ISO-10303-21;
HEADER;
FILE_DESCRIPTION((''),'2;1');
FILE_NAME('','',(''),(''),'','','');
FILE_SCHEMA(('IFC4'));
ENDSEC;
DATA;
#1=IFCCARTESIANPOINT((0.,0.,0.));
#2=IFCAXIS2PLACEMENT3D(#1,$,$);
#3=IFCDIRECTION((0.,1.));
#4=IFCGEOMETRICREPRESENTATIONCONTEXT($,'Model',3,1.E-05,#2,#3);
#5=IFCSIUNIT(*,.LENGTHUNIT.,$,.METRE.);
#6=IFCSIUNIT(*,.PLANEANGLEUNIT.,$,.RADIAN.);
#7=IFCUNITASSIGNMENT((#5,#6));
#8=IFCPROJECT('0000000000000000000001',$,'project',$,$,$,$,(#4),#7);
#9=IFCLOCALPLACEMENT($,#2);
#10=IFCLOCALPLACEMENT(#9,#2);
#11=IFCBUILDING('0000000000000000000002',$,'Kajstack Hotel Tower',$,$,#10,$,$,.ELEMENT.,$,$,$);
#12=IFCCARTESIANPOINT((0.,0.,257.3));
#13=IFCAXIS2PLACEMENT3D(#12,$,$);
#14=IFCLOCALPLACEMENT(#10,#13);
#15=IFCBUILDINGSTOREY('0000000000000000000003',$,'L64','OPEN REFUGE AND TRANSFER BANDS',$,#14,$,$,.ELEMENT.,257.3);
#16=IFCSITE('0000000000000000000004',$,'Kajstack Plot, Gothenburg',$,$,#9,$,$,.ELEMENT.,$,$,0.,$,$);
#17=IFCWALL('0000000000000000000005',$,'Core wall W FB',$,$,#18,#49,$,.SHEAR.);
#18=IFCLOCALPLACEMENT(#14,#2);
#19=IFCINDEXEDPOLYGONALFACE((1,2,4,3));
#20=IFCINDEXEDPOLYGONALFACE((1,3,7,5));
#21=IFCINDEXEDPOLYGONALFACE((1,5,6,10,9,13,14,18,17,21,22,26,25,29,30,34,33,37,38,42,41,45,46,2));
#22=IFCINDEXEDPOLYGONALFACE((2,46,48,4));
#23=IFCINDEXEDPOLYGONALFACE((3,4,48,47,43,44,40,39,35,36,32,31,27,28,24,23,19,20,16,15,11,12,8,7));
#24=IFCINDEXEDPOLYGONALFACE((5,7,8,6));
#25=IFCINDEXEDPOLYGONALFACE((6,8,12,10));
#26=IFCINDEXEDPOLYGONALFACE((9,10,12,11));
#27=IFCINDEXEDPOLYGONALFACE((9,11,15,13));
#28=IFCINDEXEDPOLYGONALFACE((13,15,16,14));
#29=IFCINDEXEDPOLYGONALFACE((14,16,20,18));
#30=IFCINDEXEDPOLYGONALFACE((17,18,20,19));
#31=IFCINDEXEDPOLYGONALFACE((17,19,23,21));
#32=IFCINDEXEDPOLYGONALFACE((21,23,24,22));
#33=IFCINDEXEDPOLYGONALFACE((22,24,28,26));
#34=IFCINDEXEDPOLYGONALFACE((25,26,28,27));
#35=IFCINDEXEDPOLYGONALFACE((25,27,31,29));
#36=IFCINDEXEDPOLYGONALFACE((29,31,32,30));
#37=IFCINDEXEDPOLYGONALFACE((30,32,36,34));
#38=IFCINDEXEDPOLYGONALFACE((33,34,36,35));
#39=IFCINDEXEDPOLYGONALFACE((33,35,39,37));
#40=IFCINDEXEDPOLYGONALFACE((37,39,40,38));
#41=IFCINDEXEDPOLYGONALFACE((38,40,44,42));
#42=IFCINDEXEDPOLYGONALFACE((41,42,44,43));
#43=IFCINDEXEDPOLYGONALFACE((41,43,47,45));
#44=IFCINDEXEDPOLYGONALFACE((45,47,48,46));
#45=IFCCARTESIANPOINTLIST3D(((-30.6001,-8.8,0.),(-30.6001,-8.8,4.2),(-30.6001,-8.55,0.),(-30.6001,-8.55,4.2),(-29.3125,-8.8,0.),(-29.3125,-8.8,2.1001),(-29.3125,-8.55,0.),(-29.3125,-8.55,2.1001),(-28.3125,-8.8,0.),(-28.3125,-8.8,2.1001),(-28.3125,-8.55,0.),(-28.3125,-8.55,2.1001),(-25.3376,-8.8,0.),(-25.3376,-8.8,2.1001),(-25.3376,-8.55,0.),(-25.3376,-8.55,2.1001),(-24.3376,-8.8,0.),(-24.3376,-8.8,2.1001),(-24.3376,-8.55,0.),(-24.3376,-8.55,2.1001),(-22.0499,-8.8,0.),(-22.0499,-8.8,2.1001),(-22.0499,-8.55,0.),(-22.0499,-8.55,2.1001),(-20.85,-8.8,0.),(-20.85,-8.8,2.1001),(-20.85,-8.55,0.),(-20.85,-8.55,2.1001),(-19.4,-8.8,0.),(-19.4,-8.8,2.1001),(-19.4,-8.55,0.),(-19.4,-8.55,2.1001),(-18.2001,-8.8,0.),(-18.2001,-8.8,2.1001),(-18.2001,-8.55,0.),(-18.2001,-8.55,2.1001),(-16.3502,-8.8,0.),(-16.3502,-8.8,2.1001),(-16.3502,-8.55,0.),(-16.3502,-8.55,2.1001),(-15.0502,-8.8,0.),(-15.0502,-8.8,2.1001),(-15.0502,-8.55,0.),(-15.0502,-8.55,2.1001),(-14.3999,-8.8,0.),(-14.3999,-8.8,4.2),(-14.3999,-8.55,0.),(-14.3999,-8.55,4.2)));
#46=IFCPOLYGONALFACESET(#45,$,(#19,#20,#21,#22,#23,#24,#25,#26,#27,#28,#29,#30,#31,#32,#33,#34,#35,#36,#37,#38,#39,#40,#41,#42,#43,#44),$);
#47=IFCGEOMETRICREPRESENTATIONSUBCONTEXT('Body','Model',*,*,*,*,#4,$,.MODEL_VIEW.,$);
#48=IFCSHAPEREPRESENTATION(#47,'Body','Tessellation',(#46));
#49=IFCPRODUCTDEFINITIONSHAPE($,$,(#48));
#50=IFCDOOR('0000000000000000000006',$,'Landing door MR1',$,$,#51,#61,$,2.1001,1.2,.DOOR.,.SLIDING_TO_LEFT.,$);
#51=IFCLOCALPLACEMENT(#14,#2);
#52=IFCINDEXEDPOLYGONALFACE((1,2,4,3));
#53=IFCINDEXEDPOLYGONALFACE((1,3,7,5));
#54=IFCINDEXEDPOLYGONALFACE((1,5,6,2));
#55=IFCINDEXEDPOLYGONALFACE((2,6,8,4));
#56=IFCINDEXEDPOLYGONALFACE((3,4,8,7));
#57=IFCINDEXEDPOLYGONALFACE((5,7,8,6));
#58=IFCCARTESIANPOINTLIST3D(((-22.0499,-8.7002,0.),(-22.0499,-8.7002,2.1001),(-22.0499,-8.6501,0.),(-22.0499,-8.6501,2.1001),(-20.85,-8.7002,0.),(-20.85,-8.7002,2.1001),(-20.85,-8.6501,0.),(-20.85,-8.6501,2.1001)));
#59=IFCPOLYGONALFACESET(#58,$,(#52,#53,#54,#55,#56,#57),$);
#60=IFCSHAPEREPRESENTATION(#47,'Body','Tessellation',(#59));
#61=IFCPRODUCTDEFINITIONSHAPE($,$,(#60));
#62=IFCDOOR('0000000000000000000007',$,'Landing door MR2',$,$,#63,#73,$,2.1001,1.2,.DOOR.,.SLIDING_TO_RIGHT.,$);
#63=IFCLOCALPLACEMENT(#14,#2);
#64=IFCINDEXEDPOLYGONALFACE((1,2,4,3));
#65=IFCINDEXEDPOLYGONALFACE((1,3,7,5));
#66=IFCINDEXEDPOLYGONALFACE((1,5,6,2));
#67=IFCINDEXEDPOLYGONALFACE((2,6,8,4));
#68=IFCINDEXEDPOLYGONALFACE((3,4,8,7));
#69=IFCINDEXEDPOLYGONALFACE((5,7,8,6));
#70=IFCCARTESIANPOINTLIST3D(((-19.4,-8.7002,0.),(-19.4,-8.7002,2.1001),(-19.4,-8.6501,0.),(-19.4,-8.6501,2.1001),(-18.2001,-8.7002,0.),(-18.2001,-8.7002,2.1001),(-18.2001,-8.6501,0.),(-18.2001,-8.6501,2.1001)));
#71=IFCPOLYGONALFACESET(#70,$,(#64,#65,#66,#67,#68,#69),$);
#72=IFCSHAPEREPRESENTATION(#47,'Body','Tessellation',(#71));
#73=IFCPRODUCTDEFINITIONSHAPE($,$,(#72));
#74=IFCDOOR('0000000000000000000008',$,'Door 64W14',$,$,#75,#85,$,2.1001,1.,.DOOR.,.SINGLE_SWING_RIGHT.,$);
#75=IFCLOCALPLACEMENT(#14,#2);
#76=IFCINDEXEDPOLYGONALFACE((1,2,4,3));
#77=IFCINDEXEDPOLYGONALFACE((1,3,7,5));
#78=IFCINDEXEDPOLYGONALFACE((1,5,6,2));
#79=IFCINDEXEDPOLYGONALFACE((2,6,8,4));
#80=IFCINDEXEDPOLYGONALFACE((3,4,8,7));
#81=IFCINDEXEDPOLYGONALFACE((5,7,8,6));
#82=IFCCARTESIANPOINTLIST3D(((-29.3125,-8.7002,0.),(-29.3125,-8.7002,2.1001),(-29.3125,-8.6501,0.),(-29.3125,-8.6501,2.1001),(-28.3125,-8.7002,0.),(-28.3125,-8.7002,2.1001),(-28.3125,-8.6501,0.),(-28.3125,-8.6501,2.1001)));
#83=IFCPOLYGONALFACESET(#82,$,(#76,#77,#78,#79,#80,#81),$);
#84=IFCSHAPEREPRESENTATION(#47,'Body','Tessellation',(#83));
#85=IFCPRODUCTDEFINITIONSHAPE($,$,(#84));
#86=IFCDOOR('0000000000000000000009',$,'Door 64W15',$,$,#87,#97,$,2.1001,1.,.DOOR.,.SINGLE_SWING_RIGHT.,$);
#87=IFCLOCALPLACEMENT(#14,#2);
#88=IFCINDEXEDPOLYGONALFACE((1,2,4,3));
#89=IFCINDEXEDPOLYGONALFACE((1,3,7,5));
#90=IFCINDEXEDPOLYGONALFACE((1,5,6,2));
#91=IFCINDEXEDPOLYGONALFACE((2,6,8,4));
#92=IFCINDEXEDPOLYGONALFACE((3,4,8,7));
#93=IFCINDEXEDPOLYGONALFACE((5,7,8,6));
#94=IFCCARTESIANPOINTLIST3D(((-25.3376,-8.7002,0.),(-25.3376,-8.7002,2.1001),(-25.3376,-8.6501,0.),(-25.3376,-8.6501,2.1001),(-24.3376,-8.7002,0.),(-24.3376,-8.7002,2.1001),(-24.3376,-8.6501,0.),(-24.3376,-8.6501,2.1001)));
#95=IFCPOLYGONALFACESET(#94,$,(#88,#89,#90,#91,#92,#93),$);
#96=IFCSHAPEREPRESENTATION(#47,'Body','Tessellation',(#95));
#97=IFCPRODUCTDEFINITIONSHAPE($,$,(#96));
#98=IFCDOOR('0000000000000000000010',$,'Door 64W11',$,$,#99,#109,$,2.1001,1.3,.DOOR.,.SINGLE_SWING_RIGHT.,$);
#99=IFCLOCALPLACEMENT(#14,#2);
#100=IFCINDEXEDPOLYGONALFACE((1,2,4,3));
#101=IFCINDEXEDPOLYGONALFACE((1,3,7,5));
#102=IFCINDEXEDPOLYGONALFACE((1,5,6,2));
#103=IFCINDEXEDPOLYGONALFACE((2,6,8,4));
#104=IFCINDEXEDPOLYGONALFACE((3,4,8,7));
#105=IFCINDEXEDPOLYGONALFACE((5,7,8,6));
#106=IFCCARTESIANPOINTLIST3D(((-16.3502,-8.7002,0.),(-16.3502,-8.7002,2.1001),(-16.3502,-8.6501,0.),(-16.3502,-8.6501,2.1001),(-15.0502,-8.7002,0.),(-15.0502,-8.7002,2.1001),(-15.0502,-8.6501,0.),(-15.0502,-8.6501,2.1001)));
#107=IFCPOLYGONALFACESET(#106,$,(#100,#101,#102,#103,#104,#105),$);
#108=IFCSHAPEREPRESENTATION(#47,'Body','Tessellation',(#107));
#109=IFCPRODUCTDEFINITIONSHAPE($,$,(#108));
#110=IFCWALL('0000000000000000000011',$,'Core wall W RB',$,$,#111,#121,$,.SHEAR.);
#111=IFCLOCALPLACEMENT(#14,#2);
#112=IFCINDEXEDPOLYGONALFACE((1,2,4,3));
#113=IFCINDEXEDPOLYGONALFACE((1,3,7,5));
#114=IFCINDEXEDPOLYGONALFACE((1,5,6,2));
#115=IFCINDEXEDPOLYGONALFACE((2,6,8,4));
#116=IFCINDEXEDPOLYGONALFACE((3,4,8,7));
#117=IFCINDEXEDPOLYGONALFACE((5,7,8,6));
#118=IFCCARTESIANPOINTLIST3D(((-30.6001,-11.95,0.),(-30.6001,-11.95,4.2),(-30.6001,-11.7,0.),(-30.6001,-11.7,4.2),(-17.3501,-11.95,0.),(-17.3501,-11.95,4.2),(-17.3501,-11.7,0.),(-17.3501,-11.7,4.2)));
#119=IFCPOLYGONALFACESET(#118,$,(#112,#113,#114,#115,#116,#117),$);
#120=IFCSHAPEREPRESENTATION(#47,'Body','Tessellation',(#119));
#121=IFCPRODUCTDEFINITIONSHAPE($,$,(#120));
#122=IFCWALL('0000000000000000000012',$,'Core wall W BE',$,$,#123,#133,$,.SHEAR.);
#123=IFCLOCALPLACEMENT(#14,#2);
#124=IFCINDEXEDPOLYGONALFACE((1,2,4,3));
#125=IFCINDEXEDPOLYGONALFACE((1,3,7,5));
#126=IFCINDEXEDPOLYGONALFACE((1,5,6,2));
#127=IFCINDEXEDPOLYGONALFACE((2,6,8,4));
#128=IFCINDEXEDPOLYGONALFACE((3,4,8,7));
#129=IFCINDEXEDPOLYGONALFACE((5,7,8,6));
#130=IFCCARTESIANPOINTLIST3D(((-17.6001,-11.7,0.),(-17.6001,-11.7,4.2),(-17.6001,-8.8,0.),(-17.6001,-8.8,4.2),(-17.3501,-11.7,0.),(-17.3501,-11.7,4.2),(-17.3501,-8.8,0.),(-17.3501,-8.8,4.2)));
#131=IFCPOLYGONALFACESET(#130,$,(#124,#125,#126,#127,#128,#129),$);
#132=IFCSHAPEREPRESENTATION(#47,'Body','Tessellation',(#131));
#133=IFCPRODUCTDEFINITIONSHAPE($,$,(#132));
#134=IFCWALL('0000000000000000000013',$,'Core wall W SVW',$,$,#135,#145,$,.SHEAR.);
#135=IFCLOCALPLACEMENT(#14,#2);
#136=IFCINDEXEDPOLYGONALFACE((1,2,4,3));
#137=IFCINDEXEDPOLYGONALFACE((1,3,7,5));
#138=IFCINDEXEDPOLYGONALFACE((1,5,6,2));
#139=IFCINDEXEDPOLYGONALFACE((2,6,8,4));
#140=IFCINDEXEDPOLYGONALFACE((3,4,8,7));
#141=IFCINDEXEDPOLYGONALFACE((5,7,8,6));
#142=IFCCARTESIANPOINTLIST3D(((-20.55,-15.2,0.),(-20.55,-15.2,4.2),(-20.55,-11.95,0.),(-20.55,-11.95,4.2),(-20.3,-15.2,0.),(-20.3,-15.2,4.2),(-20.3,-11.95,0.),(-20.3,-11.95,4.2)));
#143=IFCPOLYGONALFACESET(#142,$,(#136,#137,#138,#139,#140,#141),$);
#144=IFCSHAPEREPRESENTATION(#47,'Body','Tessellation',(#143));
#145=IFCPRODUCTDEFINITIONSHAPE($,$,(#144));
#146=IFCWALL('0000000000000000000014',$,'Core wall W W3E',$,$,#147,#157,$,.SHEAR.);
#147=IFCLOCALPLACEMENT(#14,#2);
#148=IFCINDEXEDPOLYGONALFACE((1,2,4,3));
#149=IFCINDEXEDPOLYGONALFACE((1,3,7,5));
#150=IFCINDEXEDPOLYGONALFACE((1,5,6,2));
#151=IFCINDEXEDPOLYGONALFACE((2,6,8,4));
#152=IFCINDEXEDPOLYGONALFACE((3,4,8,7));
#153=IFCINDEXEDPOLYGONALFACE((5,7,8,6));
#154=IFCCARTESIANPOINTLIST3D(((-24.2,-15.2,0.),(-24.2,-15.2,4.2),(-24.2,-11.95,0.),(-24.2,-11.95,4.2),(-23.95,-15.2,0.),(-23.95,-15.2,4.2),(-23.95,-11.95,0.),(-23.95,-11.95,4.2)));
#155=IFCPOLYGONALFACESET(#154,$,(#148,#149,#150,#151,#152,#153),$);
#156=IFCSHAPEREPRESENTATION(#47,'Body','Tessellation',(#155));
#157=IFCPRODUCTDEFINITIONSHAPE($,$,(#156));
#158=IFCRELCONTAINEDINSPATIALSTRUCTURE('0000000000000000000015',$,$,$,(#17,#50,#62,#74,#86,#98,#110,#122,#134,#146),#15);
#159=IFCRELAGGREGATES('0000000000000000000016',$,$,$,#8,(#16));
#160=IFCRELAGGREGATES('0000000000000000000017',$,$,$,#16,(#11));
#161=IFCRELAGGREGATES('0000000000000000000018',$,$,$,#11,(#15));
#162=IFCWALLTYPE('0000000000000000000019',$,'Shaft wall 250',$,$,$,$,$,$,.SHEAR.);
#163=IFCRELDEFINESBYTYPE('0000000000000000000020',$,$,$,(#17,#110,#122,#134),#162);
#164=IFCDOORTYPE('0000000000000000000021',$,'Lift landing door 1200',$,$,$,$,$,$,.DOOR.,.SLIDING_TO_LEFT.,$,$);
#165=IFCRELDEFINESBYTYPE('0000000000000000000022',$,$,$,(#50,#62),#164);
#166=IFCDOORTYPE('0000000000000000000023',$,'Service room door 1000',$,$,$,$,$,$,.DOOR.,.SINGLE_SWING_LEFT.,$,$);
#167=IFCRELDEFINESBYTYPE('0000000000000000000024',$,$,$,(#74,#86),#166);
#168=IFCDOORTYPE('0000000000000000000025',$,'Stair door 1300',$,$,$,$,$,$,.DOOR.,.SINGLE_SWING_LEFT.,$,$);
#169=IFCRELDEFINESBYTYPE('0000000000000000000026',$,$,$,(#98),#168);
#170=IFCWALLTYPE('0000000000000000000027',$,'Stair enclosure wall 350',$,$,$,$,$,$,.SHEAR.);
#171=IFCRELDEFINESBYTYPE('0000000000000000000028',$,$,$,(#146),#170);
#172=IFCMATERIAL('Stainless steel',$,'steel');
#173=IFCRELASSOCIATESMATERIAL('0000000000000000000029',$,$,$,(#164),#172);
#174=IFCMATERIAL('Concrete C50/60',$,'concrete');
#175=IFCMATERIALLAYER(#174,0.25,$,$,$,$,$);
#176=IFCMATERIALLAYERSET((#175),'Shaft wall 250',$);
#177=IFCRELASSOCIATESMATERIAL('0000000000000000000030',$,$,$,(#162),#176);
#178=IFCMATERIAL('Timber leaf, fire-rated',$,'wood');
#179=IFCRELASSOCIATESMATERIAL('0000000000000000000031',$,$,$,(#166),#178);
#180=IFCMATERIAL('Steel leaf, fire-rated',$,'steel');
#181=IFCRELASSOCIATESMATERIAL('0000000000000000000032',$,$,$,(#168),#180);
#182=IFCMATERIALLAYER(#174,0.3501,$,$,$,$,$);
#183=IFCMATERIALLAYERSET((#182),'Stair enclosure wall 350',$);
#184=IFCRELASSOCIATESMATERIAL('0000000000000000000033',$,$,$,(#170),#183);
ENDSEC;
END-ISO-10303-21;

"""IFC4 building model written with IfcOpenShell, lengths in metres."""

from ifc_helpers import new_model, si_unit, direction, frame, frame_2d, origin, place, context, subcontext, project, spatial, rectangle, extrude, material, layer, layer_set, type_object, element, fill, save


model = new_model("IFC4")

# Units and contexts
model_context = context("Model", 3, precision=1e-05, world=origin(), true_north=direction((0.0, 1.0)))
body_context = subcontext(model_context, "Body", "Model", "MODEL_VIEW")
ifc_project = project(units=[si_unit("LENGTHUNIT", "METRE"), si_unit("PLANEANGLEUNIT", "RADIAN")], contexts=[model_context])

# Site, building, storey
site_placement = place(None, origin())
site = spatial("IfcSite", under=ifc_project, at=site_placement, Name="Kajstack Plot, Gothenburg", CompositionType="ELEMENT", RefElevation=0.0)
building_placement = place(site_placement, origin())
building = spatial("IfcBuilding", under=site, at=building_placement, Name="Kajstack Hotel Tower", CompositionType="ELEMENT")
storey_placement = place(building_placement, frame((0.0, 0.0, 257.3)))
storey = spatial("IfcBuildingStorey", under=building, at=storey_placement, Name="L64", Description="OPEN REFUGE AND TRANSFER BANDS", CompositionType="ELEMENT", Elevation=257.3)

# Shared definitions
ifc_material_1 = material(Name="Stainless steel", Category="steel")
door_type_1 = type_object("IfcDoorType", Name="Lift landing door 1200", OperationType="SLIDING_TO_LEFT", PredefinedType="DOOR", material=ifc_material_1)

# Shared definitions
ifc_material_2 = material(Name="Concrete C50/60", Category="concrete")

# Shared definitions
ifc_layer_1 = layer(ifc_material_2, 0.25)
ifc_layer_set_1 = layer_set([ifc_layer_1], Name="Shaft wall 250")
wall_type_1 = type_object("IfcWallType", Name="Shaft wall 250", PredefinedType="SHEAR", material=ifc_layer_set_1)

# Wall, openings, doors
wall_1_placement = place(storey_placement, frame((-30.6001, -8.675, 0.0), z_axis=(0.0, 0.0, 1.0), x_axis=(1.0, 0.0, 0.0)))
wall_1 = element("IfcWall", 1, at=wall_1_placement, inside=storey, type_object=wall_type_1, Name="Core wall W FB", PredefinedType="SHEAR", context=body_context, shape_type="SweptSolid", body=[
    extrude(rectangle(XDim=16.2002, YDim=0.25, at=frame_2d((8.1001, 0.0))), origin(), (0.0, 0.0, 1.0), 4.2),
])
opening_1_placement = place(wall_1_placement, frame((8.55, 0.0, 0.0)))
opening_1 = element("IfcOpeningElement", 2, at=opening_1_placement, cuts=wall_1, PredefinedType="OPENING", context=body_context, shape_type="SweptSolid", body=[
    extrude(rectangle(XDim=1.2, YDim=2.1001, at=frame_2d((0.6001, 1.05))), frame((0.0, 0.135, 0.0), z_axis=(0.0, -1.0, 0.0), x_axis=(1.0, 0.0, 0.0)), (0.0, 0.0, 1.0), 0.27),
])
opening_2_placement = place(wall_1_placement, frame((11.2, 0.0, 0.0)))
opening_2 = element("IfcOpeningElement", 3, at=opening_2_placement, cuts=wall_1, PredefinedType="OPENING", context=body_context, shape_type="SweptSolid", body=[
    extrude(rectangle(XDim=1.2, YDim=2.1001, at=frame_2d((0.6001, 1.05))), frame((0.0, 0.135, 0.0), z_axis=(0.0, -1.0, 0.0), x_axis=(1.0, 0.0, 0.0)), (0.0, 0.0, 1.0), 0.27),
])
opening_3_placement = place(wall_1_placement, frame((14.25, 0.0, 0.0)))
opening_3 = element("IfcOpeningElement", 4, at=opening_3_placement, cuts=wall_1, PredefinedType="OPENING", context=body_context, shape_type="SweptSolid", body=[
    extrude(rectangle(XDim=1.3, YDim=2.1001, at=frame_2d((0.6499, 1.05))), frame((0.0, 0.135, 0.0), z_axis=(0.0, -1.0, 0.0), x_axis=(1.0, 0.0, 0.0)), (0.0, 0.0, 1.0), 0.27),
])
opening_4_placement = place(wall_1_placement, frame((1.2876, 0.0, 0.0)))
opening_4 = element("IfcOpeningElement", 5, at=opening_4_placement, cuts=wall_1, PredefinedType="OPENING", context=body_context, shape_type="SweptSolid", body=[
    extrude(rectangle(XDim=1.0, YDim=2.1001, at=frame_2d((0.5, 1.05))), frame((0.0, 0.135, 0.0), z_axis=(0.0, -1.0, 0.0), x_axis=(1.0, 0.0, 0.0)), (0.0, 0.0, 1.0), 0.27),
])
opening_5_placement = place(wall_1_placement, frame((5.2625, 0.0, 0.0)))
opening_5 = element("IfcOpeningElement", 6, at=opening_5_placement, cuts=wall_1, PredefinedType="OPENING", context=body_context, shape_type="SweptSolid", body=[
    extrude(rectangle(XDim=1.0, YDim=2.1001, at=frame_2d((0.5, 1.05))), frame((0.0, 0.135, 0.0), z_axis=(0.0, -1.0, 0.0), x_axis=(1.0, 0.0, 0.0)), (0.0, 0.0, 1.0), 0.27),
])
door_1_placement = place(opening_1_placement, origin())
door_1 = element("IfcDoor", 7, at=door_1_placement, inside=storey, type_object=door_type_1, Name="Landing door MR1", OperationType="SLIDING_TO_LEFT", OverallHeight=2.1001, OverallWidth=1.2, PredefinedType="DOOR", context=body_context, shape_type="SweptSolid", body=[
    extrude(rectangle(XDim=1.2, YDim=2.1001, at=frame_2d((0.6001, 1.05))), frame((0.0, 0.0249, 0.0), z_axis=(0.0, -1.0, 0.0), x_axis=(1.0, 0.0, 0.0)), (0.0, 0.0, 1.0), 0.05),
])
fill(opening_1, door_1)
door_2_placement = place(opening_2_placement, origin())
door_2 = element("IfcDoor", 8, at=door_2_placement, inside=storey, type_object=door_type_1, Name="Landing door MR2", OperationType="SLIDING_TO_RIGHT", OverallHeight=2.1001, OverallWidth=1.2, PredefinedType="DOOR", context=body_context, shape_type="SweptSolid", body=[
    extrude(rectangle(XDim=1.2, YDim=2.1001, at=frame_2d((0.6001, 1.05))), frame((0.0, 0.0249, 0.0), z_axis=(0.0, -1.0, 0.0), x_axis=(1.0, 0.0, 0.0)), (0.0, 0.0, 1.0), 0.05),
])
fill(opening_2, door_2)
ifc_material_3 = material(Name="Timber leaf, fire-rated", Category="wood")
door_type_2 = type_object("IfcDoorType", Name="Service room door 1000", OperationType="SINGLE_SWING_LEFT", PredefinedType="DOOR", material=ifc_material_3)
door_3_placement = place(opening_4_placement, origin())
door_3 = element("IfcDoor", 9, at=door_3_placement, inside=storey, type_object=door_type_2, Name="Door 64W14", OperationType="SINGLE_SWING_RIGHT", OverallHeight=2.1001, OverallWidth=1.0, PredefinedType="DOOR", context=body_context, shape_type="SweptSolid", body=[
    extrude(rectangle(XDim=1.0, YDim=2.1001, at=frame_2d((0.5, 1.05))), frame((0.0, 0.0249, 0.0), z_axis=(0.0, -1.0, 0.0), x_axis=(1.0, 0.0, 0.0)), (0.0, 0.0, 1.0), 0.05),
])
fill(opening_4, door_3)
door_4_placement = place(opening_5_placement, origin())
door_4 = element("IfcDoor", 10, at=door_4_placement, inside=storey, type_object=door_type_2, Name="Door 64W15", OperationType="SINGLE_SWING_RIGHT", OverallHeight=2.1001, OverallWidth=1.0, PredefinedType="DOOR", context=body_context, shape_type="SweptSolid", body=[
    extrude(rectangle(XDim=1.0, YDim=2.1001, at=frame_2d((0.5, 1.05))), frame((0.0, 0.0249, 0.0), z_axis=(0.0, -1.0, 0.0), x_axis=(1.0, 0.0, 0.0)), (0.0, 0.0, 1.0), 0.05),
])
fill(opening_5, door_4)
ifc_material_4 = material(Name="Steel leaf, fire-rated", Category="steel")
door_type_3 = type_object("IfcDoorType", Name="Stair door 1300", OperationType="SINGLE_SWING_LEFT", PredefinedType="DOOR", material=ifc_material_4)
door_5_placement = place(opening_3_placement, origin())
door_5 = element("IfcDoor", 11, at=door_5_placement, inside=storey, type_object=door_type_3, Name="Door 64W11", OperationType="SINGLE_SWING_RIGHT", OverallHeight=2.1001, OverallWidth=1.3, PredefinedType="DOOR", context=body_context, shape_type="SweptSolid", body=[
    extrude(rectangle(XDim=1.3, YDim=2.1001, at=frame_2d((0.6499, 1.05))), frame((0.0, 0.0249, 0.0), z_axis=(0.0, -1.0, 0.0), x_axis=(1.0, 0.0, 0.0)), (0.0, 0.0, 1.0), 0.05),
])
fill(opening_3, door_5)

# Walls
wall_2_placement = place(storey_placement, frame((-30.6001, -11.825, 0.0), z_axis=(0.0, 0.0, 1.0), x_axis=(1.0, 0.0, 0.0)))
element("IfcWall", 12, at=wall_2_placement, inside=storey, type_object=wall_type_1, Name="Core wall W RB", PredefinedType="SHEAR", context=body_context, shape_type="SweptSolid", body=[
    extrude(rectangle(XDim=13.25, YDim=0.25, at=frame_2d((6.625, 0.0))), origin(), (0.0, 0.0, 1.0), 4.2),
])
wall_3_placement = place(storey_placement, frame((-17.4751, -11.7, 0.0), z_axis=(0.0, 0.0, 1.0), x_axis=(0.0, 1.0, 0.0)))
element("IfcWall", 13, at=wall_3_placement, inside=storey, type_object=wall_type_1, Name="Core wall W BE", PredefinedType="SHEAR", context=body_context, shape_type="SweptSolid", body=[
    extrude(rectangle(XDim=2.8999, YDim=0.25, at=frame_2d((1.45, 0.0))), origin(), (0.0, 0.0, 1.0), 4.2),
])
wall_4_placement = place(storey_placement, frame((-20.425, -15.2, 0.0), z_axis=(0.0, 0.0, 1.0), x_axis=(0.0, 1.0, 0.0)))
element("IfcWall", 14, at=wall_4_placement, inside=storey, type_object=wall_type_1, Name="Core wall W SVW", PredefinedType="SHEAR", context=body_context, shape_type="SweptSolid", body=[
    extrude(rectangle(XDim=3.25, YDim=0.25, at=frame_2d((1.625, 0.0))), origin(), (0.0, 0.0, 1.0), 4.2),
])
ifc_layer_2 = layer(ifc_material_2, 0.3501)
ifc_layer_set_2 = layer_set([ifc_layer_2], Name="Stair enclosure wall 350")
wall_type_2 = type_object("IfcWallType", Name="Stair enclosure wall 350", PredefinedType="SHEAR", material=ifc_layer_set_2)
wall_5_placement = place(storey_placement, frame((-24.075, -15.2, 0.0), z_axis=(0.0, 0.0, 1.0), x_axis=(0.0, 1.0, 0.0)))
element("IfcWall", 15, at=wall_5_placement, inside=storey, type_object=wall_type_2, Name="Core wall W W3E", PredefinedType="SHEAR", context=body_context, shape_type="SweptSolid", body=[
    extrude(rectangle(XDim=3.25, YDim=0.25, at=frame_2d((1.625, 0.0))), origin(), (0.0, 0.0, 1.0), 4.2),
])

save(model, "model.ifc")
